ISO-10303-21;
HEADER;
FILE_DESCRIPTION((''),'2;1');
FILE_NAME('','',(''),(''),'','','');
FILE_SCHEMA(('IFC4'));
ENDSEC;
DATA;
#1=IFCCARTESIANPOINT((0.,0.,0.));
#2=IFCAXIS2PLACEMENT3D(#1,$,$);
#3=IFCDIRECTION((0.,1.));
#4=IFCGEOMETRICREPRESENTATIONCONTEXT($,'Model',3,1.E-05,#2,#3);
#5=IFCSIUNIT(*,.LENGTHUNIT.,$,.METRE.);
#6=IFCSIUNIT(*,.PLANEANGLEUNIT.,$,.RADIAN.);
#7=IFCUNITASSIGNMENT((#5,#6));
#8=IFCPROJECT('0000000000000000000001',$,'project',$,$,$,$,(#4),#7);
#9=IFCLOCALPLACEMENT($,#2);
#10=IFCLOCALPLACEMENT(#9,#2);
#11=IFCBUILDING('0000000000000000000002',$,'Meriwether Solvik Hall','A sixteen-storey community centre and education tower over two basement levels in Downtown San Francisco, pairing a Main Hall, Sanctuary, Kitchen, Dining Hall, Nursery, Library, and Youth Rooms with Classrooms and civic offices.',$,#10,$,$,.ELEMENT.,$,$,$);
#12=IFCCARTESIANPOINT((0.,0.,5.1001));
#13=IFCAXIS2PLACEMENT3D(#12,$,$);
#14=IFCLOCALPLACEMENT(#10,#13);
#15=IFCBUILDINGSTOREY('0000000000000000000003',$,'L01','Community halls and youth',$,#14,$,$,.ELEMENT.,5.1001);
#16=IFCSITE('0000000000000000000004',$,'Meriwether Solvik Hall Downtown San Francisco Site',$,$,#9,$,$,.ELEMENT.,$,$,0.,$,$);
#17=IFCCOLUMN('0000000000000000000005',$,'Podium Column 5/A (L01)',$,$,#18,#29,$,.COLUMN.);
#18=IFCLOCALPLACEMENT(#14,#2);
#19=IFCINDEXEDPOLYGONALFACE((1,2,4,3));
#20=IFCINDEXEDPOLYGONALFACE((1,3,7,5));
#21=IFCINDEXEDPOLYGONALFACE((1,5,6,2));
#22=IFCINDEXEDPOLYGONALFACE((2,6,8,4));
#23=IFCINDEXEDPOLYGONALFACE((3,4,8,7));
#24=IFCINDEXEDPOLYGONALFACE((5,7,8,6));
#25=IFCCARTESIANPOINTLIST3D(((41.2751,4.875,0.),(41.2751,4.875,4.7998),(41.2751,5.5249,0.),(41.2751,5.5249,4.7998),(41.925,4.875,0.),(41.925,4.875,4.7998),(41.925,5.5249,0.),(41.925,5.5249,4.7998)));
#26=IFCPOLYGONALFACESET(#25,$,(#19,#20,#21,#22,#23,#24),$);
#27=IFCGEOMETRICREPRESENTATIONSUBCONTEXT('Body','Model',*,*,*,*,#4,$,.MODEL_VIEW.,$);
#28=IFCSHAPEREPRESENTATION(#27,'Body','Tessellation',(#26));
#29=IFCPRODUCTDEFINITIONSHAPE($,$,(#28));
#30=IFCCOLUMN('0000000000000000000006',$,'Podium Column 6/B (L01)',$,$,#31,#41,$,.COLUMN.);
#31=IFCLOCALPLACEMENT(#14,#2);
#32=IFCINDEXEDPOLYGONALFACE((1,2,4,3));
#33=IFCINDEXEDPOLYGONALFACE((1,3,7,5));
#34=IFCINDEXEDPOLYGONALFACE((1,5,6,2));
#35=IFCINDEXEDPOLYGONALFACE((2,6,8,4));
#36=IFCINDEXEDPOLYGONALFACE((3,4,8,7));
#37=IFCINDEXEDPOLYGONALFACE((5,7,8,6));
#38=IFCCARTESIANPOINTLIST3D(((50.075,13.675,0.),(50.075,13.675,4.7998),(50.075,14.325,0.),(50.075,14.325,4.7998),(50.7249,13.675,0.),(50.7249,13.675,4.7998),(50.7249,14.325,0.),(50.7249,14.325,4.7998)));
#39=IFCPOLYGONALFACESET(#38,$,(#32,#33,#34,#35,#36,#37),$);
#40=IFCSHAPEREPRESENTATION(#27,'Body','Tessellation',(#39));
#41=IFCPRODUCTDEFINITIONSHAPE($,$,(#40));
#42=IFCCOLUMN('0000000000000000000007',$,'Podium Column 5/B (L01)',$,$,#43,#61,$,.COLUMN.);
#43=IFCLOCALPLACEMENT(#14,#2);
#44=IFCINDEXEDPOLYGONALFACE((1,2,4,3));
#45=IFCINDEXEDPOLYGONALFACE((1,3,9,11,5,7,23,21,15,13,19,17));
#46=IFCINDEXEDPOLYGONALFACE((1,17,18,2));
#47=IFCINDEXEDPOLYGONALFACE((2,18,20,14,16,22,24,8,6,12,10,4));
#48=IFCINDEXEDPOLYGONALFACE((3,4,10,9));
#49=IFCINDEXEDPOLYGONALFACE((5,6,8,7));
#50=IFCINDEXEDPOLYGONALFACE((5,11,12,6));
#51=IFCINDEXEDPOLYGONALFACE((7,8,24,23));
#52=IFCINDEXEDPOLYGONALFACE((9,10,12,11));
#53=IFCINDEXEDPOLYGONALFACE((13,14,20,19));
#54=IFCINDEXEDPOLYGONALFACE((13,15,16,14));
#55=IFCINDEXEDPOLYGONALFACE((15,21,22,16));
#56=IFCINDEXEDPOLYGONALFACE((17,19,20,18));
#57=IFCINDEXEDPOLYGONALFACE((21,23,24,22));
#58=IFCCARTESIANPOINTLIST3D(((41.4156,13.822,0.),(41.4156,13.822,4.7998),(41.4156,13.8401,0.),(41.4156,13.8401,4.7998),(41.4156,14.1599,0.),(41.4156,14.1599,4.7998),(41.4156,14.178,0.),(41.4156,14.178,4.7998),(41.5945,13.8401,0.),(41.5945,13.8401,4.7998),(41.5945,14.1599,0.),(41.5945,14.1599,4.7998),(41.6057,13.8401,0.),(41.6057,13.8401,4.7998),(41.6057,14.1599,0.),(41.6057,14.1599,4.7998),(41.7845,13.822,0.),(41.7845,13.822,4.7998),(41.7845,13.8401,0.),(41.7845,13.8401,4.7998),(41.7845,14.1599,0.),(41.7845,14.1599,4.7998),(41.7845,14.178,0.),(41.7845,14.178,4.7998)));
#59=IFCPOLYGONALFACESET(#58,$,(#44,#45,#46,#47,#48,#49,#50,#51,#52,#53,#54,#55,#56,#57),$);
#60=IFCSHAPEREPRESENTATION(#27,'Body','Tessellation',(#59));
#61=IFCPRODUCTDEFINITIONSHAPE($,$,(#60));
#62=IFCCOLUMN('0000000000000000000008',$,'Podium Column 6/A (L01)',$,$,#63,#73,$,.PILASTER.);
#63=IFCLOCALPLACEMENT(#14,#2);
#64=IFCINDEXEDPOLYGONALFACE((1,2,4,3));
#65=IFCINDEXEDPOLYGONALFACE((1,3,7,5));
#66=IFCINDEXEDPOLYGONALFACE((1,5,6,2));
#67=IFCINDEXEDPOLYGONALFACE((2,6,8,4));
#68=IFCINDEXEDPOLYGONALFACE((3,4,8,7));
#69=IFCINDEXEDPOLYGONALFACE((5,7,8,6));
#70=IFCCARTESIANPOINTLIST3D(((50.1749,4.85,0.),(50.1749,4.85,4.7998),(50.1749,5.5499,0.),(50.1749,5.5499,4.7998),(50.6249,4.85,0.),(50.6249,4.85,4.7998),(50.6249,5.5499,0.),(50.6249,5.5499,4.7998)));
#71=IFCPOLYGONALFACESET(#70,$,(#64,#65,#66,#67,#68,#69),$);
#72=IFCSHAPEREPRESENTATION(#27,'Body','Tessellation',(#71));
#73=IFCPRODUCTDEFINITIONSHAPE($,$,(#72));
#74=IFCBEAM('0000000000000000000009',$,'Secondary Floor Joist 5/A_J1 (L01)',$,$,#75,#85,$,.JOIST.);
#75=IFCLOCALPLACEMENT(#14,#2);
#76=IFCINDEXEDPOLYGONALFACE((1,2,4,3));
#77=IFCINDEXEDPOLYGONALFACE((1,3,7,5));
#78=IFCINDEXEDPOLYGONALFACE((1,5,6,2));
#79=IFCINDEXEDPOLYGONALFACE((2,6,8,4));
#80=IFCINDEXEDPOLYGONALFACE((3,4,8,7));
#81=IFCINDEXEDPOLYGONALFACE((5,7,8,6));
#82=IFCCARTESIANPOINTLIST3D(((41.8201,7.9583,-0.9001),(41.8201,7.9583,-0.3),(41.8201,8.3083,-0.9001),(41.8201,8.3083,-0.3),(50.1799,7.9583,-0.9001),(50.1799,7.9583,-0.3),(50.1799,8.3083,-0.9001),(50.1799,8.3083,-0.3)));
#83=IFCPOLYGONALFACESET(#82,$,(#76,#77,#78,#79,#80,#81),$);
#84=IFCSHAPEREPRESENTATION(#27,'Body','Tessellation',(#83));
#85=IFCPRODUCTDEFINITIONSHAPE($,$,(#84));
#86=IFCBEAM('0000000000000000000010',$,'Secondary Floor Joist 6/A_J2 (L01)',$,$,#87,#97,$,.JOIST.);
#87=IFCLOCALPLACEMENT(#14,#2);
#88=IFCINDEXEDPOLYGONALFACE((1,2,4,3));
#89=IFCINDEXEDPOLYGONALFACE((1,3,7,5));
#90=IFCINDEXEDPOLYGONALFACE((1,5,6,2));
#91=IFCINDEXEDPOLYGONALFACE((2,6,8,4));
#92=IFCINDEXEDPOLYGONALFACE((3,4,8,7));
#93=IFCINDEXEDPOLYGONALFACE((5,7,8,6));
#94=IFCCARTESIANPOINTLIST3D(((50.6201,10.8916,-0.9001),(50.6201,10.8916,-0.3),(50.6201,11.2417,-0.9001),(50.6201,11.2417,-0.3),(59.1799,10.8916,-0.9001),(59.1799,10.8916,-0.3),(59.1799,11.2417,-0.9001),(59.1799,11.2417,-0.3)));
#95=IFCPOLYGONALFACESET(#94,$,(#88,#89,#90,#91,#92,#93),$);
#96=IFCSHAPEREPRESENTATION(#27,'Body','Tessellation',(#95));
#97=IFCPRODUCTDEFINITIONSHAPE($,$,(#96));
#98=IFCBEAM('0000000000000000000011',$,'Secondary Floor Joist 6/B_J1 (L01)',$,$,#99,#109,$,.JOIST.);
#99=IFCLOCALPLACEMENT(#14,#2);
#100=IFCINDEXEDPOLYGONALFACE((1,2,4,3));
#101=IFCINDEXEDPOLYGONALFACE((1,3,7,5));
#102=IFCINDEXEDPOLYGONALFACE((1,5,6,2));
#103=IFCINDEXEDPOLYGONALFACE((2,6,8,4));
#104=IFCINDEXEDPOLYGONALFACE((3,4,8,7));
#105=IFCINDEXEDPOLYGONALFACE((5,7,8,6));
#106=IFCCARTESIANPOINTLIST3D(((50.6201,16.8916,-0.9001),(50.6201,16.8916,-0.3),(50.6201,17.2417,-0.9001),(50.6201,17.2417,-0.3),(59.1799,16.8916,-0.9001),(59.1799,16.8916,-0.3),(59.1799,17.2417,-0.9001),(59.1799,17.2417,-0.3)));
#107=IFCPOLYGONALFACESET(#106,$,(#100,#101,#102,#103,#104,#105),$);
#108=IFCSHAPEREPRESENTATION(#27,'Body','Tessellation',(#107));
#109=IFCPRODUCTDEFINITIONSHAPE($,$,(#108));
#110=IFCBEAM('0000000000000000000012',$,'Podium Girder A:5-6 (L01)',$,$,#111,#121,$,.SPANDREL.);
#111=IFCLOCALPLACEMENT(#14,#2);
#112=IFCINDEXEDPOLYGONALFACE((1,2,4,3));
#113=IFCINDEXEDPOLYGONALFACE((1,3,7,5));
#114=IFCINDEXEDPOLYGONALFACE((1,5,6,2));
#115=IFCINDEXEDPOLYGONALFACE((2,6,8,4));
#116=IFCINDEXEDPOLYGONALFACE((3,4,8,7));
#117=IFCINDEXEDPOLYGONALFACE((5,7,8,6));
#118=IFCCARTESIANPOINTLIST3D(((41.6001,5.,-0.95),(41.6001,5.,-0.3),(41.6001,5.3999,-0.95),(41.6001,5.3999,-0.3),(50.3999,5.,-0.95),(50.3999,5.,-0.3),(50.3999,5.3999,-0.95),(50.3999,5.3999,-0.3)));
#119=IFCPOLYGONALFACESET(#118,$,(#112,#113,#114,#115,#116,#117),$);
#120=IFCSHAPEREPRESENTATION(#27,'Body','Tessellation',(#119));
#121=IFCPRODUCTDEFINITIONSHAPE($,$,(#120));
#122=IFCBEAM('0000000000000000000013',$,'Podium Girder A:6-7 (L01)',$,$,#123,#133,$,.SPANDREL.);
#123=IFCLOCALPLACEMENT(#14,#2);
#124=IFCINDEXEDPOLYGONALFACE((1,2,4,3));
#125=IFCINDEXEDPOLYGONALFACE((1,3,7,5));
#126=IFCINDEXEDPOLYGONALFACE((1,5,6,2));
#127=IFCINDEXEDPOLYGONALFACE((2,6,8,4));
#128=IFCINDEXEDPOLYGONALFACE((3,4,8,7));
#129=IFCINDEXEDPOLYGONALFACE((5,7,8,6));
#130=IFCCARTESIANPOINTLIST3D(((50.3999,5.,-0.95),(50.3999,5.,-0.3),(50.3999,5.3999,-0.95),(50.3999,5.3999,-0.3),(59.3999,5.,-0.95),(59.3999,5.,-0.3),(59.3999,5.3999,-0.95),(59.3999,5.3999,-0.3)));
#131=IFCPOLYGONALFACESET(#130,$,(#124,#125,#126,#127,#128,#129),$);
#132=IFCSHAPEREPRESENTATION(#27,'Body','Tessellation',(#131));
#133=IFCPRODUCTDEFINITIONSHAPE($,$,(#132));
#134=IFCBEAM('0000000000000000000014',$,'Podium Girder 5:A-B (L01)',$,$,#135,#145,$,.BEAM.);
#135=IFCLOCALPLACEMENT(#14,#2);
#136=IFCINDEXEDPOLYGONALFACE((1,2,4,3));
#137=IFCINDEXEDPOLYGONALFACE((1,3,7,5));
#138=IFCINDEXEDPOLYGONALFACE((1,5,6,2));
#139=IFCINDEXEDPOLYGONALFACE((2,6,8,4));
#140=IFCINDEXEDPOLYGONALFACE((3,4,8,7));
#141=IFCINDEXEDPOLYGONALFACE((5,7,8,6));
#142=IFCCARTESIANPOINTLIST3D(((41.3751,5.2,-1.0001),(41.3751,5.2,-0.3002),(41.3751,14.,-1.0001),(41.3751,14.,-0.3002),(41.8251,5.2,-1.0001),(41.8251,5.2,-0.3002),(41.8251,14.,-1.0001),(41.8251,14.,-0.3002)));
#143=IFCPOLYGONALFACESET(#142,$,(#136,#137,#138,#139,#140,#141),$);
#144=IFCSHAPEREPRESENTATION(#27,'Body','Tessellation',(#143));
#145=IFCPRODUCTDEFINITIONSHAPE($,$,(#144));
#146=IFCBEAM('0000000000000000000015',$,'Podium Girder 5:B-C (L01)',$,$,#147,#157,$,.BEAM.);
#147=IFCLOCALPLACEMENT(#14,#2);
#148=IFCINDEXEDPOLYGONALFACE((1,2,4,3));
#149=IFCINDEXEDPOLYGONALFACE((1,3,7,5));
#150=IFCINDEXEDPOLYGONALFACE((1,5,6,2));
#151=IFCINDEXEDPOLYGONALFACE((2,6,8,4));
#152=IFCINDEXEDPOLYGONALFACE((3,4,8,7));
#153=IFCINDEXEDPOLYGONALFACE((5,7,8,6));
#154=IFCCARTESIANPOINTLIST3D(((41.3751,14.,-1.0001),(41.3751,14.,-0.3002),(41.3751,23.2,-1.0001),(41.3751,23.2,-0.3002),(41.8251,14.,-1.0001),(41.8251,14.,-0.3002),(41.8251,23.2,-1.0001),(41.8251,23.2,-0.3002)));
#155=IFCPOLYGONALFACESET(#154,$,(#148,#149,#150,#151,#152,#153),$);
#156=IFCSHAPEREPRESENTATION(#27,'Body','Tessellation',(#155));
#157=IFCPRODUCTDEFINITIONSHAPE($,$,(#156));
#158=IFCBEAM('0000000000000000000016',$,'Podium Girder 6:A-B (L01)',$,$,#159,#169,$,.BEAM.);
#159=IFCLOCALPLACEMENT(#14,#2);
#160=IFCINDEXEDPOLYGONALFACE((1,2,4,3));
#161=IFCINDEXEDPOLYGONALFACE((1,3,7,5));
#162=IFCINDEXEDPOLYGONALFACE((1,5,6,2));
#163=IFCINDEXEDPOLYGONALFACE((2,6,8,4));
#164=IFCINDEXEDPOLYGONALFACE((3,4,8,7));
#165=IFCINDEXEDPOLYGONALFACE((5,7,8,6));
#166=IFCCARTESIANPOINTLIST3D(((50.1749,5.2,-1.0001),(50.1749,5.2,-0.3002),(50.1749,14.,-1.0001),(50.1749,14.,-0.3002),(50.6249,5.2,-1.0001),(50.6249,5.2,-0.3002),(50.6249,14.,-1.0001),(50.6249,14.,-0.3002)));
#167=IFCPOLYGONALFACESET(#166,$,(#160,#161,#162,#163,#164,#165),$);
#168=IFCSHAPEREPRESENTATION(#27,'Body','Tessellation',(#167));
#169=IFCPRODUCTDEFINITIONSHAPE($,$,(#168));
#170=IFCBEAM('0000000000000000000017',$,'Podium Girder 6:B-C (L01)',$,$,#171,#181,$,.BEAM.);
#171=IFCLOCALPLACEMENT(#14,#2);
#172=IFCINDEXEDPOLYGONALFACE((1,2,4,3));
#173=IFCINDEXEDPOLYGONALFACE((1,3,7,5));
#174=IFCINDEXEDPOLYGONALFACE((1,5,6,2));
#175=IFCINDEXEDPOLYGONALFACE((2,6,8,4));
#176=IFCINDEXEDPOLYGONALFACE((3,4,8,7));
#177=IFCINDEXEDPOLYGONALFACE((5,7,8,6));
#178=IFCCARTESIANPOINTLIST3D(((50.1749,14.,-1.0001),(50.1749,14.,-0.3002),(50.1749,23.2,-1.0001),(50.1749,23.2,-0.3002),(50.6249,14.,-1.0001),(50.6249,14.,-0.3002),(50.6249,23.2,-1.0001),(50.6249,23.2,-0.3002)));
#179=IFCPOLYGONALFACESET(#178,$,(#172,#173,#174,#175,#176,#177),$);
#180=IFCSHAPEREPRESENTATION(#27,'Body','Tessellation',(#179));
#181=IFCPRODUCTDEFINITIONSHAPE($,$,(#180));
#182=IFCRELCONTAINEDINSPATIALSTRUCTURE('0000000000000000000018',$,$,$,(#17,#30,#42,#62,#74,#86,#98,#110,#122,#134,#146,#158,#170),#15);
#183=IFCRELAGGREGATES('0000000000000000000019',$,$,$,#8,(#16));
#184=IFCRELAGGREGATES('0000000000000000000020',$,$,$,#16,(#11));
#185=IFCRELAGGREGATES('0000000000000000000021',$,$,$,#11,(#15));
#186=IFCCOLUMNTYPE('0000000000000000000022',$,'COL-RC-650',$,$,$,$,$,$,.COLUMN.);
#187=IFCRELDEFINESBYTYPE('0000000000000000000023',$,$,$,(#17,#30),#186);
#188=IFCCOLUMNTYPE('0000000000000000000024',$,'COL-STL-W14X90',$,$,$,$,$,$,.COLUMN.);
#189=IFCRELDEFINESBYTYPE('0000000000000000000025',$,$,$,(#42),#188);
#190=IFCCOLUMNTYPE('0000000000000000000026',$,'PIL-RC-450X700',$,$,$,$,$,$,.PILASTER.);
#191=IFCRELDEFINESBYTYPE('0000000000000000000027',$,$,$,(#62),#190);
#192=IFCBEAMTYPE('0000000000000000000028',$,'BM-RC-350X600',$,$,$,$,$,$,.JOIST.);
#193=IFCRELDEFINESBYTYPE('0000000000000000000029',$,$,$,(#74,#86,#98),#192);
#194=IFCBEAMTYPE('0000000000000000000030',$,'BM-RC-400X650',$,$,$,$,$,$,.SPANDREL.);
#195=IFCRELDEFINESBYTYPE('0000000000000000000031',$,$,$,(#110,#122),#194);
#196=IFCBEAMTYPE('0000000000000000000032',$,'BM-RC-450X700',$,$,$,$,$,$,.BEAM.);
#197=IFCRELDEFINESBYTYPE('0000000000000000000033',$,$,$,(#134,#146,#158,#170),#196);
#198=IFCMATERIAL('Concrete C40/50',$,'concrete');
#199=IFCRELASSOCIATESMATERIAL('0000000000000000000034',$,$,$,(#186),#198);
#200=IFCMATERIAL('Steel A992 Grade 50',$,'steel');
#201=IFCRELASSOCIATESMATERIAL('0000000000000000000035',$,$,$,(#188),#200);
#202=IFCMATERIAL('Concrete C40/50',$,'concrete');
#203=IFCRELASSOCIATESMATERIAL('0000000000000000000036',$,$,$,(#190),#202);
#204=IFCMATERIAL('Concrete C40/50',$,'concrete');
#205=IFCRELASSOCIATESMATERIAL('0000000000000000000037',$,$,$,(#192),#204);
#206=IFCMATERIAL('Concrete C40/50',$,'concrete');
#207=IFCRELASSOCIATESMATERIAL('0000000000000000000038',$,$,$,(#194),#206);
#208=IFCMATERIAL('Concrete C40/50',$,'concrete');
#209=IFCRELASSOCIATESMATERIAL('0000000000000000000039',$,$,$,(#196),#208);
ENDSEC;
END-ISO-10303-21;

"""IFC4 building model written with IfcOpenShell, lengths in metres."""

from ifc_helpers import new_model, si_unit, direction, frame, origin, origin_2d, place, context, subcontext, project, spatial, rectangle, i_section, extrude, material, material_profile, profile_set, type_object, element, save


model = new_model("IFC4")

# Units and contexts
model_context = context("Model", 3, precision=1e-05, world=origin(), true_north=direction((0.0, 1.0)))
body_context = subcontext(model_context, "Body", "Model", "MODEL_VIEW")
ifc_project = project(units=[si_unit("LENGTHUNIT", "METRE"), si_unit("PLANEANGLEUNIT", "RADIAN")], contexts=[model_context])

# Site, building, storey
site_placement = place(None, origin())
site = spatial("IfcSite", under=ifc_project, at=site_placement, Name="Meriwether Solvik Hall Downtown San Francisco Site", CompositionType="ELEMENT", RefElevation=0.0)
building_placement = place(site_placement, origin())
building = spatial("IfcBuilding", under=site, at=building_placement, Name="Meriwether Solvik Hall", Description="A sixteen-storey community centre and education tower over two basement levels in Downtown San Francisco, pairing a Main Hall, Sanctuary, Kitchen, Dining Hall, Nursery, Library, and Youth Rooms with Classrooms and civic offices.", CompositionType="ELEMENT")
storey_placement = place(building_placement, frame((0.0, 0.0, 5.1001)))
storey = spatial("IfcBuildingStorey", under=building, at=storey_placement, Name="L01", Description="Community halls and youth", CompositionType="ELEMENT", Elevation=5.1001)

# Columns
ifc_material_1 = material(Name="Concrete C40/50", Category="concrete")
ifc_material_profile_1 = material_profile(ifc_material_1, rectangle(XDim=0.6499, YDim=0.6499, at=origin_2d()), Name="RCC-650X650")
ifc_profile_set_1 = profile_set([ifc_material_profile_1], Name="Concrete C40/50")
column_type_1 = type_object("IfcColumnType", Name="COL-RC-650", PredefinedType="COLUMN", material=ifc_profile_set_1)
for number, where, z_axis, x_axis, name in (
    (1, (41.6001, 5.2, 0.0), (0.0, 0.0, 1.0), (1.0, 0.0, 0.0), "Podium Column 5/A (L01)"),
    (2, (50.3999, 14.0, 0.0), (0.0, 0.0, 1.0), (1.0, 0.0, 0.0), "Podium Column 6/B (L01)"),
):
    element("IfcColumn", number, at=place(storey_placement, frame(where, z_axis=z_axis, x_axis=x_axis)), inside=storey, type_object=column_type_1, Name=name, PredefinedType="COLUMN", context=body_context, shape_type="SweptSolid", body=[
        extrude(rectangle(XDim=0.6499, YDim=0.6499, at=origin_2d()), origin(), (0.0, 0.0, 1.0), 4.7998),
    ])
ifc_material_2 = material(Name="Steel A992 Grade 50", Category="steel")
ifc_material_profile_2 = material_profile(ifc_material_2, i_section(OverallWidth=0.3689, OverallDepth=0.356, WebThickness=0.0112, FlangeThickness=0.0181, at=origin_2d()), Name="W14X90")
ifc_profile_set_2 = profile_set([ifc_material_profile_2], Name="Steel A992 Grade 50")
column_type_2 = type_object("IfcColumnType", Name="COL-STL-W14X90", PredefinedType="COLUMN", material=ifc_profile_set_2)
column_1_placement = place(storey_placement, frame((41.6001, 14.0, 0.0), z_axis=(0.0, 0.0, 1.0), x_axis=(1.0, 0.0, 0.0)))
element("IfcColumn", 3, at=column_1_placement, inside=storey, type_object=column_type_2, Name="Podium Column 5/B (L01)", PredefinedType="COLUMN", context=body_context, shape_type="SweptSolid", body=[
    extrude(i_section(OverallWidth=0.3689, OverallDepth=0.356, WebThickness=0.0112, FlangeThickness=0.0181, at=origin_2d()), origin(), (0.0, 0.0, 1.0), 4.7998),
])
ifc_material_3 = material(Name="Concrete C40/50", Category="concrete")
ifc_material_profile_3 = material_profile(ifc_material_3, rectangle(XDim=0.45, YDim=0.7, at=origin_2d()), Name="RCP-450X700")
ifc_profile_set_3 = profile_set([ifc_material_profile_3], Name="Concrete C40/50")
column_type_3 = type_object("IfcColumnType", Name="PIL-RC-450X700", PredefinedType="PILASTER", material=ifc_profile_set_3)
column_2_placement = place(storey_placement, frame((50.3999, 5.2, 0.0), z_axis=(0.0, 0.0, 1.0), x_axis=(1.0, 0.0, 0.0)))
element("IfcColumn", 4, at=column_2_placement, inside=storey, type_object=column_type_3, Name="Podium Column 6/A (L01)", PredefinedType="PILASTER", context=body_context, shape_type="SweptSolid", body=[
    extrude(rectangle(XDim=0.45, YDim=0.7, at=origin_2d()), origin(), (0.0, 0.0, 1.0), 4.7998),
])

# Beams
ifc_material_4 = material(Name="Concrete C40/50", Category="concrete")
ifc_material_profile_4 = material_profile(ifc_material_4, rectangle(XDim=0.3501, YDim=0.6001, at=origin_2d()), Name="RCB-350X600")
ifc_profile_set_4 = profile_set([ifc_material_profile_4], Name="Concrete C40/50")
beam_type_1 = type_object("IfcBeamType", Name="BM-RC-350X600", PredefinedType="JOIST", material=ifc_profile_set_4)
beam_1_placement = place(storey_placement, frame((41.8201, 8.1333, -0.6001), z_axis=(1.0, 0.0, 0.0), x_axis=(0.0, 1.0, 0.0)))
element("IfcBeam", 5, at=beam_1_placement, inside=storey, type_object=beam_type_1, Name="Secondary Floor Joist 5/A_J1 (L01)", PredefinedType="JOIST", context=body_context, shape_type="SweptSolid", body=[
    extrude(rectangle(XDim=0.3501, YDim=0.6001, at=origin_2d()), origin(), (0.0, 0.0, 1.0), 8.3599),
])
for number, where, z_axis, x_axis, name in (
    (6, (50.6201, 11.0667, -0.6001), (1.0, 0.0, 0.0), (0.0, 1.0, 0.0), "Secondary Floor Joist 6/A_J2 (L01)"),
    (7, (50.6201, 17.0667, -0.6001), (1.0, 0.0, 0.0), (0.0, 1.0, 0.0), "Secondary Floor Joist 6/B_J1 (L01)"),
):
    element("IfcBeam", number, at=place(storey_placement, frame(where, z_axis=z_axis, x_axis=x_axis)), inside=storey, type_object=beam_type_1, Name=name, PredefinedType="JOIST", context=body_context, shape_type="SweptSolid", body=[
        extrude(rectangle(XDim=0.3501, YDim=0.6001, at=origin_2d()), origin(), (0.0, 0.0, 1.0), 8.5598),
    ])
ifc_material_5 = material(Name="Concrete C40/50", Category="concrete")
ifc_material_profile_5 = material_profile(ifc_material_5, rectangle(XDim=0.3999, YDim=0.6499, at=origin_2d()), Name="RCB-400X650")
ifc_profile_set_5 = profile_set([ifc_material_profile_5], Name="Concrete C40/50")
beam_type_2 = type_object("IfcBeamType", Name="BM-RC-400X650", PredefinedType="SPANDREL", material=ifc_profile_set_5)
beam_2_placement = place(storey_placement, frame((41.6001, 5.2, -0.625), z_axis=(1.0, 0.0, 0.0), x_axis=(0.0, 1.0, 0.0)))
element("IfcBeam", 8, at=beam_2_placement, inside=storey, type_object=beam_type_2, Name="Podium Girder A:5-6 (L01)", PredefinedType="SPANDREL", context=body_context, shape_type="SweptSolid", body=[
    extrude(rectangle(XDim=0.3999, YDim=0.6499, at=origin_2d()), origin(), (0.0, 0.0, 1.0), 8.7998),
])
beam_3_placement = place(storey_placement, frame((50.3999, 5.2, -0.625), z_axis=(1.0, 0.0, 0.0), x_axis=(0.0, 1.0, 0.0)))
element("IfcBeam", 9, at=beam_3_placement, inside=storey, type_object=beam_type_2, Name="Podium Girder A:6-7 (L01)", PredefinedType="SPANDREL", context=body_context, shape_type="SweptSolid", body=[
    extrude(rectangle(XDim=0.3999, YDim=0.6499, at=origin_2d()), origin(), (0.0, 0.0, 1.0), 9.0),
])
ifc_material_6 = material(Name="Concrete C40/50", Category="concrete")
ifc_material_profile_6 = material_profile(ifc_material_6, rectangle(XDim=0.45, YDim=0.7, at=origin_2d()), Name="RCB-450X700")
ifc_profile_set_6 = profile_set([ifc_material_profile_6], Name="Concrete C40/50")
beam_type_3 = type_object("IfcBeamType", Name="BM-RC-450X700", PredefinedType="BEAM", material=ifc_profile_set_6)
beam_4_placement = place(storey_placement, frame((41.6001, 5.2, -0.6501), z_axis=(0.0, 1.0, 0.0), x_axis=(-1.0, 0.0, 0.0)))
element("IfcBeam", 10, at=beam_4_placement, inside=storey, type_object=beam_type_3, Name="Podium Girder 5:A-B (L01)", PredefinedType="BEAM", context=body_context, shape_type="SweptSolid", body=[
    extrude(rectangle(XDim=0.45, YDim=0.7, at=origin_2d()), origin(), (0.0, 0.0, 1.0), 8.8),
])
beam_5_placement = place(storey_placement, frame((41.6001, 14.0, -0.6501), z_axis=(0.0, 1.0, 0.0), x_axis=(-1.0, 0.0, 0.0)))
element("IfcBeam", 11, at=beam_5_placement, inside=storey, type_object=beam_type_3, Name="Podium Girder 5:B-C (L01)", PredefinedType="BEAM", context=body_context, shape_type="SweptSolid", body=[
    extrude(rectangle(XDim=0.45, YDim=0.7, at=origin_2d()), origin(), (0.0, 0.0, 1.0), 9.2),
])
beam_6_placement = place(storey_placement, frame((50.3999, 5.2, -0.6501), z_axis=(0.0, 1.0, 0.0), x_axis=(-1.0, 0.0, 0.0)))
element("IfcBeam", 12, at=beam_6_placement, inside=storey, type_object=beam_type_3, Name="Podium Girder 6:A-B (L01)", PredefinedType="BEAM", context=body_context, shape_type="SweptSolid", body=[
    extrude(rectangle(XDim=0.45, YDim=0.7, at=origin_2d()), origin(), (0.0, 0.0, 1.0), 8.8),
])
beam_7_placement = place(storey_placement, frame((50.3999, 14.0, -0.6501), z_axis=(0.0, 1.0, 0.0), x_axis=(-1.0, 0.0, 0.0)))
element("IfcBeam", 13, at=beam_7_placement, inside=storey, type_object=beam_type_3, Name="Podium Girder 6:B-C (L01)", PredefinedType="BEAM", context=body_context, shape_type="SweptSolid", body=[
    extrude(rectangle(XDim=0.45, YDim=0.7, at=origin_2d()), origin(), (0.0, 0.0, 1.0), 9.2),
])

save(model, "model.ifc")
